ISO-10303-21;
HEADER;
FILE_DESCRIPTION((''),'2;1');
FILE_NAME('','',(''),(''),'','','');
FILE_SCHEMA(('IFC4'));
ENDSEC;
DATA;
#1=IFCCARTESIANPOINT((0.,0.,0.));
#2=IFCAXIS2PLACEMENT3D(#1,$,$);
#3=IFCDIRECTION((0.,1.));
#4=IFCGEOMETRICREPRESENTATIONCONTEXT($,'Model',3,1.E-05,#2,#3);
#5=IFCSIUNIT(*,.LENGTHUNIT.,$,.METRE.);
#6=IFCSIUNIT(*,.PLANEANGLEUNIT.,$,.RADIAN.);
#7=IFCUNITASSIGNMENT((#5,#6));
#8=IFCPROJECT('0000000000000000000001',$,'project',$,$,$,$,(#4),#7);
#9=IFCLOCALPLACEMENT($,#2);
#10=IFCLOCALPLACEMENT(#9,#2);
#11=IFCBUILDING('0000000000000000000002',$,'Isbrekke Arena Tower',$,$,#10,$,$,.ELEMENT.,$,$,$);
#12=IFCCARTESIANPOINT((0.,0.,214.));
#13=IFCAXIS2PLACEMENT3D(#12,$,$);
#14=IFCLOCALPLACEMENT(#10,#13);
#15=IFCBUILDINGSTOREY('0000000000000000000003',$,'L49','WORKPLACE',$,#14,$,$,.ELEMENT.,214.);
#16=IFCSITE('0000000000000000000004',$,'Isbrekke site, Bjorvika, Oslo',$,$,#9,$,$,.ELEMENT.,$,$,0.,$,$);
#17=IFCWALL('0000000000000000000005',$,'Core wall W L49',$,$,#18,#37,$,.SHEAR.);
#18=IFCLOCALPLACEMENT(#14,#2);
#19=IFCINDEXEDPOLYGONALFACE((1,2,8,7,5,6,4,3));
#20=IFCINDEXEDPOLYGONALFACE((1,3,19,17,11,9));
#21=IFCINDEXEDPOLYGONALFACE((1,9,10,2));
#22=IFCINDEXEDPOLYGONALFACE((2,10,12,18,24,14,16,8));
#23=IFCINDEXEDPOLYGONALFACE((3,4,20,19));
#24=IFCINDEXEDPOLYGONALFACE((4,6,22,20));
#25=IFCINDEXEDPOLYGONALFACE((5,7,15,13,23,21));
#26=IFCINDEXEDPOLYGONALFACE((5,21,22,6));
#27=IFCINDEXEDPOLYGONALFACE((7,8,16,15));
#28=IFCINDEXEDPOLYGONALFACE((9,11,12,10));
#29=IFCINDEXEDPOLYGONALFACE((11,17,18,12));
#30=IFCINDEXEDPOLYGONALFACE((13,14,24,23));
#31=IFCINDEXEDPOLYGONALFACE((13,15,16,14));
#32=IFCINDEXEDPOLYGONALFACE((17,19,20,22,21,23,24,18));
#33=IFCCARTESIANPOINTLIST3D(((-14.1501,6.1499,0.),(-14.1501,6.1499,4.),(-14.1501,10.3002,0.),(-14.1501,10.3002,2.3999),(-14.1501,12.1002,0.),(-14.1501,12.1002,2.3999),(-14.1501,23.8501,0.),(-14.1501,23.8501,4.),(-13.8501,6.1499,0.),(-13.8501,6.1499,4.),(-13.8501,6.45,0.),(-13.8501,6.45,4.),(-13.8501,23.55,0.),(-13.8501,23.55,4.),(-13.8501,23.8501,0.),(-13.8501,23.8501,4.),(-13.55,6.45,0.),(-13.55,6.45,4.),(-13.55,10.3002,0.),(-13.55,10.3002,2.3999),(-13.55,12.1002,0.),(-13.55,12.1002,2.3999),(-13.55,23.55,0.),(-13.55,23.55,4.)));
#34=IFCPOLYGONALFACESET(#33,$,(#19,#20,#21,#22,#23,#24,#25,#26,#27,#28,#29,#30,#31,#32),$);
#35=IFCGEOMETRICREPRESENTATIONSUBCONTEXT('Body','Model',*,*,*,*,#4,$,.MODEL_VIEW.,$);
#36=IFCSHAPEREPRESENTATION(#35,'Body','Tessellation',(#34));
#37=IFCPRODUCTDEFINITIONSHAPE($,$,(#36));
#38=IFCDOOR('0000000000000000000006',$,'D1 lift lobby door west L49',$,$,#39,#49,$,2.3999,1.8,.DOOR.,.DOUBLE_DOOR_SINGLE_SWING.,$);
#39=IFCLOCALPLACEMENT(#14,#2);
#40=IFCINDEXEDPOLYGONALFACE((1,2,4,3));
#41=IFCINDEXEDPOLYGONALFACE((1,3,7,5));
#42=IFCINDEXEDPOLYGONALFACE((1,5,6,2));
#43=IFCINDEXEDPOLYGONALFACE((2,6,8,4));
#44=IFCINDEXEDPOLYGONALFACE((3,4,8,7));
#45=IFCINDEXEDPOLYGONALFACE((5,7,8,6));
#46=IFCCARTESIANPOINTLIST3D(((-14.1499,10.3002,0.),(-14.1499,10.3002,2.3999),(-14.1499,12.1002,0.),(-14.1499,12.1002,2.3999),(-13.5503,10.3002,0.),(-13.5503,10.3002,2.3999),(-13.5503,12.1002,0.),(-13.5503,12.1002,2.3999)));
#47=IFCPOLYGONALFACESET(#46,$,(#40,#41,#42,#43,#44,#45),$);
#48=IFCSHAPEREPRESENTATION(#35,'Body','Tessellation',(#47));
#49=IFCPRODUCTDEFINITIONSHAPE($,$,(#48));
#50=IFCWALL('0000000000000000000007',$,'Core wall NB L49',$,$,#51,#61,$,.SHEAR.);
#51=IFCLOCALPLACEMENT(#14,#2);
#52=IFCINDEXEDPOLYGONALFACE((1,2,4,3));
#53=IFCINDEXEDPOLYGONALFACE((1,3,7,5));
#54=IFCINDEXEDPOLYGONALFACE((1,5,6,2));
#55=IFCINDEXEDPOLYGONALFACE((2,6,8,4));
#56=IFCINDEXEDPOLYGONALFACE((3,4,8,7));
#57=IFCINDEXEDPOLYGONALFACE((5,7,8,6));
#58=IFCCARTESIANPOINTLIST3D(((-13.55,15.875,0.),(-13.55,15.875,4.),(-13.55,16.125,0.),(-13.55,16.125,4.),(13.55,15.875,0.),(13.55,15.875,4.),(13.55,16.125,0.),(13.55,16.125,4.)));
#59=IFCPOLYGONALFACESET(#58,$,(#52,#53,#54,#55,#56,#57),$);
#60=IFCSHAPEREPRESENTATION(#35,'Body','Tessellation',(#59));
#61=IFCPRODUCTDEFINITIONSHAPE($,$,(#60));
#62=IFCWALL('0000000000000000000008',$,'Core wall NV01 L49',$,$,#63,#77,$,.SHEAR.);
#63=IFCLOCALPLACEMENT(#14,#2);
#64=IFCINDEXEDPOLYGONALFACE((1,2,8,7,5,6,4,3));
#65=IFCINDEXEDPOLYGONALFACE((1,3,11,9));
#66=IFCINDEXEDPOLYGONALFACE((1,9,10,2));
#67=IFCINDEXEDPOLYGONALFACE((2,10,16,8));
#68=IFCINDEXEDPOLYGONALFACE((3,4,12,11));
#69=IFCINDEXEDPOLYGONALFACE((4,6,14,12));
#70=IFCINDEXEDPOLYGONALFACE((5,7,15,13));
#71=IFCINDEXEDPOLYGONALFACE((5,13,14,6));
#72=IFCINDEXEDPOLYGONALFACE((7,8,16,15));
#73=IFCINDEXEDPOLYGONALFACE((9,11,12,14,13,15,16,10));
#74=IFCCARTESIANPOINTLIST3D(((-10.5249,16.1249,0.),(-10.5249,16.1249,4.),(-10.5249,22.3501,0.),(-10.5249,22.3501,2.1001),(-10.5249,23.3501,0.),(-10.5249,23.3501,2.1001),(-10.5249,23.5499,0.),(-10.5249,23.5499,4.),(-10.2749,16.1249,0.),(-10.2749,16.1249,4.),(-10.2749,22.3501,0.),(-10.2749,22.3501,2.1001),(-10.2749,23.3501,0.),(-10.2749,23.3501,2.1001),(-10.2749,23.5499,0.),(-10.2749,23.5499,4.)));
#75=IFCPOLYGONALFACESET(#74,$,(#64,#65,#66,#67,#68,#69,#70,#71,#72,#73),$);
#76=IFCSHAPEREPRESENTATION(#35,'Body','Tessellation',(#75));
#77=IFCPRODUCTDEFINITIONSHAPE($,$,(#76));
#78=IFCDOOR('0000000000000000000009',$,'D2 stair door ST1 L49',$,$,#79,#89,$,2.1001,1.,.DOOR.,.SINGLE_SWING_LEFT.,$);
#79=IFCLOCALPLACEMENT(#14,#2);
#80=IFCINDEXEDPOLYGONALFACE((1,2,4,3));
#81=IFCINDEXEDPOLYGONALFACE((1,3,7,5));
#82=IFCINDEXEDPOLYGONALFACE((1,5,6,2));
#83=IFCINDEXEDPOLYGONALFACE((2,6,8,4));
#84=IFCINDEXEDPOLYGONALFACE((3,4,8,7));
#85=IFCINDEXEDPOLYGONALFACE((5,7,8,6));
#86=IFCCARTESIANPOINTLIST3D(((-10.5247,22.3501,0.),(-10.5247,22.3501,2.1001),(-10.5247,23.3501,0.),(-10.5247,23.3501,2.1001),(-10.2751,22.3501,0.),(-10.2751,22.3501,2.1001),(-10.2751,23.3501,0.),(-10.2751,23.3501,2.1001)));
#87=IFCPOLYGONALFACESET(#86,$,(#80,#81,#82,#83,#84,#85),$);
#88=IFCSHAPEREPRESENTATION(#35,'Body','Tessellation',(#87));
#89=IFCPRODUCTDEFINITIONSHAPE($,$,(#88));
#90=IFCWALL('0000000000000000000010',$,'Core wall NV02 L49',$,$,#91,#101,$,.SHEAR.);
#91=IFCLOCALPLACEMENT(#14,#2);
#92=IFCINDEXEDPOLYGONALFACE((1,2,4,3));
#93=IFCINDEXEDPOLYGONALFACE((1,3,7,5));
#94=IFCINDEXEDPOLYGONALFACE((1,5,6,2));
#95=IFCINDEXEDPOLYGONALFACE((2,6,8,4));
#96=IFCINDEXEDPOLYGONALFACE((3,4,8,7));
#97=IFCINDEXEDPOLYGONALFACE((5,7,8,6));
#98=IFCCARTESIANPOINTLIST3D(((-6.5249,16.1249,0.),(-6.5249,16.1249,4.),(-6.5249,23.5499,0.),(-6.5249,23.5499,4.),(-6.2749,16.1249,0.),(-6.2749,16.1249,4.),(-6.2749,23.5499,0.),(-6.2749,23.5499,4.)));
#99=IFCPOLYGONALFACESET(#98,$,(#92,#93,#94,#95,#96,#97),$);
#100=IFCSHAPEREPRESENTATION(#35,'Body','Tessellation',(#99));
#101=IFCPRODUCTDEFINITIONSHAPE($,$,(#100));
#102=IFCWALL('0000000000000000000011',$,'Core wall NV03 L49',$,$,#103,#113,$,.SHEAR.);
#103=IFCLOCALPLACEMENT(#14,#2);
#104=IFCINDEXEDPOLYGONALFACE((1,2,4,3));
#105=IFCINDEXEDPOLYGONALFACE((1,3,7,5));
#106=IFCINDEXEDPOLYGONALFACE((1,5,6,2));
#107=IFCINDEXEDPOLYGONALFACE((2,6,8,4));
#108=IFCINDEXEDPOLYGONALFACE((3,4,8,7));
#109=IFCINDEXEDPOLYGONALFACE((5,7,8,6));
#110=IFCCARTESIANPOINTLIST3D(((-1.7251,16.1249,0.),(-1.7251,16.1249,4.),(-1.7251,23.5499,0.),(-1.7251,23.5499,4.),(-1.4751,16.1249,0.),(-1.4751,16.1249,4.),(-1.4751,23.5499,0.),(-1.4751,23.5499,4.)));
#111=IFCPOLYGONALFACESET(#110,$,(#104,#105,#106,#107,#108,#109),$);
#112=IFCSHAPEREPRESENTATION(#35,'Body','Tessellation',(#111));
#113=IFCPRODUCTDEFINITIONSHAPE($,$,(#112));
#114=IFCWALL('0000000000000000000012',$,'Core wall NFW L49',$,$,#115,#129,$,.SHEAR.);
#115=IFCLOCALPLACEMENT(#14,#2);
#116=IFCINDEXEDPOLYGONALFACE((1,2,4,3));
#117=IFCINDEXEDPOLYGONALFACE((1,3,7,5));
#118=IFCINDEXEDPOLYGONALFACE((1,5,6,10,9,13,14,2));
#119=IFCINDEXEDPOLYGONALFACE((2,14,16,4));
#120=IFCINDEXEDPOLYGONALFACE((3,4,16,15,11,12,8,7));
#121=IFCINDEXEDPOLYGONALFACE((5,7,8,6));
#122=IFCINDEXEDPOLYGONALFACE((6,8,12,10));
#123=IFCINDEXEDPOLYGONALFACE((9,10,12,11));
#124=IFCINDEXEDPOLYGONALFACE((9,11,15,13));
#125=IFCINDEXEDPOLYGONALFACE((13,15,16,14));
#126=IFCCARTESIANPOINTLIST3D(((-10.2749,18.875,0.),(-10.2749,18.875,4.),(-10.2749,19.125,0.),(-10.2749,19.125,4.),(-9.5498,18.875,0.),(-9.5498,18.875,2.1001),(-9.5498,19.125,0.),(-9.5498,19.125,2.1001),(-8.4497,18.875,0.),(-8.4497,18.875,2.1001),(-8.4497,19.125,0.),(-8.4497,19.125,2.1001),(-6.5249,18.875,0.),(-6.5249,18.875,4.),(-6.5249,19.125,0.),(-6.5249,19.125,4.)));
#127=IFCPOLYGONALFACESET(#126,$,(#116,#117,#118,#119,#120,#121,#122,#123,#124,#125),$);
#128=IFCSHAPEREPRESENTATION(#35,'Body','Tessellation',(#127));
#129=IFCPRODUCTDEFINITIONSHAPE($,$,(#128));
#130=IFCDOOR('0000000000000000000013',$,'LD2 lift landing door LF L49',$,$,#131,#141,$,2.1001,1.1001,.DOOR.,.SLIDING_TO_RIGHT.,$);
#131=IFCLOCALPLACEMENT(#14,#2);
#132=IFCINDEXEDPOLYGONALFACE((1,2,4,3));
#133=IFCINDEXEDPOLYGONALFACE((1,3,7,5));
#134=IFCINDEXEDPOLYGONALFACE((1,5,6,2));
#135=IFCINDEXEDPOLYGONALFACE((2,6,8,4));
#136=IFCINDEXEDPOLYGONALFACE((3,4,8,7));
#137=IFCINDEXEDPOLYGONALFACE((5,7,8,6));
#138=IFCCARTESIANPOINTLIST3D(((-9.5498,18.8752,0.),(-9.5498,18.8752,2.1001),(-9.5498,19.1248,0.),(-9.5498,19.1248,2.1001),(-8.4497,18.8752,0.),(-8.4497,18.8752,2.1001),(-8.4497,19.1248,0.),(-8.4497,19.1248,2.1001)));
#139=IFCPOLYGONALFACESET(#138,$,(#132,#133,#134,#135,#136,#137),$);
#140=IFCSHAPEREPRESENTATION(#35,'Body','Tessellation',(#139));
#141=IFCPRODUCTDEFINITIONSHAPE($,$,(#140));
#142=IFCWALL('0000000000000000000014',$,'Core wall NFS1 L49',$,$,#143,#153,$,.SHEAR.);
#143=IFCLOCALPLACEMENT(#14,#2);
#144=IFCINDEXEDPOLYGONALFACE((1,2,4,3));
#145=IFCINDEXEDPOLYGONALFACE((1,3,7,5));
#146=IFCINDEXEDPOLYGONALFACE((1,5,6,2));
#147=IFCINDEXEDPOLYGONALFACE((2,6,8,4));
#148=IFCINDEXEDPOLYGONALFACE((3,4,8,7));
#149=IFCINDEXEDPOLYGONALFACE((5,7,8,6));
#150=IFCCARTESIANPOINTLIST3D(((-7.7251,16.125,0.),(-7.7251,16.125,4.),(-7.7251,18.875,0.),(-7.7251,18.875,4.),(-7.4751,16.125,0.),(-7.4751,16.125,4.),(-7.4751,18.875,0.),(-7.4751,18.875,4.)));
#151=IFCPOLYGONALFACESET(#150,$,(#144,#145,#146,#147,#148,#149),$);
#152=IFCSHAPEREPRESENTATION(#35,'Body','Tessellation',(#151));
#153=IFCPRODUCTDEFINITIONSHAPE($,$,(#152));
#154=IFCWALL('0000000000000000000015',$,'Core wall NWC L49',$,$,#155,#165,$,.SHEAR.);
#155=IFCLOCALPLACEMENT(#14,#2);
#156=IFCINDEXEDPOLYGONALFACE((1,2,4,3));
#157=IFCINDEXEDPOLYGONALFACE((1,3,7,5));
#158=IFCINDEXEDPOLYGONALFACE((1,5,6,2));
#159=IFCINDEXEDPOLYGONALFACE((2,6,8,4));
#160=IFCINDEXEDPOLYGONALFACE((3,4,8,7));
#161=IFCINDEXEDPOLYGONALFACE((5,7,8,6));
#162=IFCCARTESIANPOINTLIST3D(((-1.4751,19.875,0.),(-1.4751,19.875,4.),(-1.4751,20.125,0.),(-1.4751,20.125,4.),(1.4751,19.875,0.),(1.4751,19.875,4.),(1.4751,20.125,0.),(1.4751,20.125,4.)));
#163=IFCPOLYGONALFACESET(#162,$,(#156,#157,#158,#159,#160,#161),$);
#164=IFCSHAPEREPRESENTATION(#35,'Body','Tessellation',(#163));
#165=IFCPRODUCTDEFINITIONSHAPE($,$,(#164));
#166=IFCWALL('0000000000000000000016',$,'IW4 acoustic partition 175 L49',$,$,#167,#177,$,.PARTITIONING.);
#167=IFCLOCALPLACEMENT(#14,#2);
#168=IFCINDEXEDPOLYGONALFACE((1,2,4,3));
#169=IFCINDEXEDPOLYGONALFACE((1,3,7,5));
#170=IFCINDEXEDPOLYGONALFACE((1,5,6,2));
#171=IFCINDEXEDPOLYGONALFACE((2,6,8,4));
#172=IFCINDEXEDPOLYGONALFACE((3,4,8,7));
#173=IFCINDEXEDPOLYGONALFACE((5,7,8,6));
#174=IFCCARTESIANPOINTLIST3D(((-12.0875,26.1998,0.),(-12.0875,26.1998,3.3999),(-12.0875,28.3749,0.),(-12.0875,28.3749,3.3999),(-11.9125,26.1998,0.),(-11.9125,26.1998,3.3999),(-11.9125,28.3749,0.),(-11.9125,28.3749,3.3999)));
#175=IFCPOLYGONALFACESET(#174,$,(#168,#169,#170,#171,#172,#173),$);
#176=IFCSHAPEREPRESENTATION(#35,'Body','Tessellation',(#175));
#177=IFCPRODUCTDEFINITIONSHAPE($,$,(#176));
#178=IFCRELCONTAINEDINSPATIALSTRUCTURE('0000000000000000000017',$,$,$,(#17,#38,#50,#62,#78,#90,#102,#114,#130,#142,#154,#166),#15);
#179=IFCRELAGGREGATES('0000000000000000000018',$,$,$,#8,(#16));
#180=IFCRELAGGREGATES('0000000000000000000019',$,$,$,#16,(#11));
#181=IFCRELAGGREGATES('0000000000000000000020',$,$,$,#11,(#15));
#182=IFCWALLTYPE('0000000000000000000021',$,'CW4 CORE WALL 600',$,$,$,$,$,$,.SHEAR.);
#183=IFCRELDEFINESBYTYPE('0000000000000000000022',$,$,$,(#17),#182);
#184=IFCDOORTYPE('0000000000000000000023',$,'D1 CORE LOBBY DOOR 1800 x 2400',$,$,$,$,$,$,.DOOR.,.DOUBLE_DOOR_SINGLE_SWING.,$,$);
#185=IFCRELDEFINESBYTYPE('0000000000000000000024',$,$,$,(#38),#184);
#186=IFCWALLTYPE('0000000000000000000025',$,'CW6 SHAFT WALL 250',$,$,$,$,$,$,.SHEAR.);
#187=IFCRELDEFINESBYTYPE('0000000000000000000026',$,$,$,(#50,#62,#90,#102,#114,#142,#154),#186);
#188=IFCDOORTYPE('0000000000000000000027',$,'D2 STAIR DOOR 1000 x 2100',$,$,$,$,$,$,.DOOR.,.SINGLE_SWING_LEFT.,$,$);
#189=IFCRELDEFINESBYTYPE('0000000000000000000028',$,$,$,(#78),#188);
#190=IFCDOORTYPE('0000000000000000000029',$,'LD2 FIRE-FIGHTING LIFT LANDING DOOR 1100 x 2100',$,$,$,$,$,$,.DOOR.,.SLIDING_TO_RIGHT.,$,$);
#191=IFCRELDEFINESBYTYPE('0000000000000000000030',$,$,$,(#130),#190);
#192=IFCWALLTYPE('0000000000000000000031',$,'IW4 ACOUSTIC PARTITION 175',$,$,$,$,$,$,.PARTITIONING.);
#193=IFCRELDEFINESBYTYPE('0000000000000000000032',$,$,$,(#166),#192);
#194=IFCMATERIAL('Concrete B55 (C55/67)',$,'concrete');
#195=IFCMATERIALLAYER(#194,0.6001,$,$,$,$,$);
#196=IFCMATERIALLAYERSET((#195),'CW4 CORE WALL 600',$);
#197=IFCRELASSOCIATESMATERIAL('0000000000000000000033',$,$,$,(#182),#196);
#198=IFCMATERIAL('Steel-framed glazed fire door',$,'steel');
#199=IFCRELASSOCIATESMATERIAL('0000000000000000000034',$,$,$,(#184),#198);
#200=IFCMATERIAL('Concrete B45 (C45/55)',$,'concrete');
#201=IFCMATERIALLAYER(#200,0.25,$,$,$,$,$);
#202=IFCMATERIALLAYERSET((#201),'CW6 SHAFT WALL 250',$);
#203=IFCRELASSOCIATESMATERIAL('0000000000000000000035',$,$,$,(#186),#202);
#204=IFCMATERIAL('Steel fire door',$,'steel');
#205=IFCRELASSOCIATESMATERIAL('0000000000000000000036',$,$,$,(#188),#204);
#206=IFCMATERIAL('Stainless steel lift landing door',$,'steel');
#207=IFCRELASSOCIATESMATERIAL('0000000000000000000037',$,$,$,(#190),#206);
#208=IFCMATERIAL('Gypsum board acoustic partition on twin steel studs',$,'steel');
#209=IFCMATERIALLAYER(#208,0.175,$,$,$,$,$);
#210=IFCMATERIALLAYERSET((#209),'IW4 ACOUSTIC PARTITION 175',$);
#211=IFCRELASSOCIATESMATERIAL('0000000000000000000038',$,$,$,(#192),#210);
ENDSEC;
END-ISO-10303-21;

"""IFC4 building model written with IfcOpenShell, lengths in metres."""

from ifc_helpers import new_model, si_unit, direction, frame, frame_2d, origin, place, context, subcontext, project, spatial, polyline, rectangle, outline, extrude, material, layer, layer_set, type_object, element, fill, save


model = new_model("IFC4")

# Units and contexts
model_context = context("Model", 3, precision=1e-05, world=origin(), true_north=direction((0.0, 1.0)))
body_context = subcontext(model_context, "Body", "Model", "MODEL_VIEW")
ifc_project = project(units=[si_unit("LENGTHUNIT", "METRE"), si_unit("PLANEANGLEUNIT", "RADIAN")], contexts=[model_context])

# Site, building, storey
site_placement = place(None, origin())
site = spatial("IfcSite", under=ifc_project, at=site_placement, Name="Isbrekke site, Bjorvika, Oslo", CompositionType="ELEMENT", RefElevation=0.0)
building_placement = place(site_placement, origin())
building = spatial("IfcBuilding", under=site, at=building_placement, Name="Isbrekke Arena Tower", CompositionType="ELEMENT")
storey_placement = place(building_placement, frame((0.0, 0.0, 214.0)))
storey = spatial("IfcBuildingStorey", under=building, at=storey_placement, Name="L49", Description="WORKPLACE", CompositionType="ELEMENT", Elevation=214.0)

# Wall, opening, door
ifc_material_1 = material(Name="Concrete B55 (C55/67)", Category="concrete")
ifc_layer_1 = layer(ifc_material_1, 0.6001)
ifc_layer_set_1 = layer_set([ifc_layer_1], Name="CW4 CORE WALL 600")
wall_type_1 = type_object("IfcWallType", Name="CW4 CORE WALL 600", PredefinedType="SHEAR", material=ifc_layer_set_1)
wall_1_placement = place(storey_placement, frame((-13.8501, 23.8501, 0.0), z_axis=(0.0, 0.0, 1.0), x_axis=(0.0, -1.0, 0.0)))
wall_1 = element("IfcWall", 1, at=wall_1_placement, inside=storey, type_object=wall_type_1, Name="Core wall W L49", PredefinedType="SHEAR", context=body_context, shape_type="SweptSolid", body=[
    extrude(outline(polyline([(0.0, -0.3), (17.7002, -0.3), (17.7002, 0.0), (17.4001, 0.0), (17.4001, 0.3), (0.3, 0.3), (0.3, 0.0), (0.0, 0.0), (0.0, -0.3)])), origin(), (0.0, 0.0, 1.0), 4.0),
])
opening_1_placement = place(wall_1_placement, frame((11.75, 0.0, 0.0)))
opening_1 = element("IfcOpeningElement", 2, at=opening_1_placement, cuts=wall_1, PredefinedType="OPENING", context=body_context, shape_type="SweptSolid", body=[
    extrude(rectangle(XDim=1.8, YDim=2.3999, at=frame_2d((0.8999, 1.2))), frame((0.0, 0.3149, 0.0), z_axis=(0.0, -1.0, 0.0), x_axis=(1.0, 0.0, 0.0)), (0.0, 0.0, 1.0), 0.6299),
])
ifc_material_2 = material(Name="Steel-framed glazed fire door", Category="steel")
door_type_1 = type_object("IfcDoorType", Name="D1 CORE LOBBY DOOR 1800 x 2400", OperationType="DOUBLE_DOOR_SINGLE_SWING", PredefinedType="DOOR", material=ifc_material_2)
door_1_placement = place(opening_1_placement, origin())
door_1 = element("IfcDoor", 3, at=door_1_placement, inside=storey, type_object=door_type_1, Name="D1 lift lobby door west L49", OperationType="DOUBLE_DOOR_SINGLE_SWING", OverallHeight=2.3999, OverallWidth=1.8, PredefinedType="DOOR", context=body_context, shape_type="SweptSolid", body=[
    extrude(rectangle(XDim=1.8, YDim=2.3999, at=frame_2d((0.8999, 1.2))), frame((0.0, 0.2998, 0.0), z_axis=(0.0, -1.0, 0.0), x_axis=(1.0, 0.0, 0.0)), (0.0, 0.0, 1.0), 0.5996),
])
fill(opening_1, door_1)

# Wall
ifc_material_3 = material(Name="Concrete B45 (C45/55)", Category="concrete")
ifc_layer_2 = layer(ifc_material_3, 0.25)
ifc_layer_set_2 = layer_set([ifc_layer_2], Name="CW6 SHAFT WALL 250")
wall_type_2 = type_object("IfcWallType", Name="CW6 SHAFT WALL 250", PredefinedType="SHEAR", material=ifc_layer_set_2)
wall_2_placement = place(storey_placement, frame((-13.55, 16.0, 0.0), z_axis=(0.0, 0.0, 1.0), x_axis=(1.0, 0.0, 0.0)))
element("IfcWall", 4, at=wall_2_placement, inside=storey, type_object=wall_type_2, Name="Core wall NB L49", PredefinedType="SHEAR", context=body_context, shape_type="SweptSolid", body=[
    extrude(rectangle(XDim=27.1001, YDim=0.25, at=frame_2d((13.55, 0.0))), origin(), (0.0, 0.0, 1.0), 4.0),
])

# Wall, opening, door
wall_3_placement = place(storey_placement, frame((-10.3999, 16.125, 0.0), z_axis=(0.0, 0.0, 1.0), x_axis=(0.0, 1.0, 0.0)))
wall_3 = element("IfcWall", 5, at=wall_3_placement, inside=storey, type_object=wall_type_2, Name="Core wall NV01 L49", PredefinedType="SHEAR", context=body_context, shape_type="SweptSolid", body=[
    extrude(rectangle(XDim=7.425, YDim=0.25, at=frame_2d((3.7124, 0.0))), origin(), (0.0, 0.0, 1.0), 4.0),
])
opening_2_placement = place(wall_3_placement, frame((6.2251, 0.0, 0.0)))
opening_2 = element("IfcOpeningElement", 6, at=opening_2_placement, cuts=wall_3, PredefinedType="OPENING", context=body_context, shape_type="SweptSolid", body=[
    extrude(rectangle(XDim=1.0, YDim=2.1001, at=frame_2d((0.5, 1.05))), frame((0.0, 0.1399, 0.0), z_axis=(0.0, -1.0, 0.0), x_axis=(1.0, 0.0, 0.0)), (0.0, 0.0, 1.0), 0.2798),
])
ifc_material_4 = material(Name="Steel fire door", Category="steel")
door_type_2 = type_object("IfcDoorType", Name="D2 STAIR DOOR 1000 x 2100", OperationType="SINGLE_SWING_LEFT", PredefinedType="DOOR", material=ifc_material_4)
door_2_placement = place(opening_2_placement, origin())
door_2 = element("IfcDoor", 7, at=door_2_placement, inside=storey, type_object=door_type_2, Name="D2 stair door ST1 L49", OperationType="SINGLE_SWING_LEFT", OverallHeight=2.1001, OverallWidth=1.0, PredefinedType="DOOR", context=body_context, shape_type="SweptSolid", body=[
    extrude(rectangle(XDim=1.0, YDim=2.1001, at=frame_2d((0.5, 1.05))), frame((0.0, 0.1248, 0.0), z_axis=(0.0, -1.0, 0.0), x_axis=(1.0, 0.0, 0.0)), (0.0, 0.0, 1.0), 0.2495),
])
fill(opening_2, door_2)

# Walls
for number, where, z_axis, x_axis, name in (
    (8, (-6.3999, 16.125, 0.0), (0.0, 0.0, 1.0), (0.0, 1.0, 0.0), "Core wall NV02 L49"),
    (9, (-1.6001, 16.125, 0.0), (0.0, 0.0, 1.0), (0.0, 1.0, 0.0), "Core wall NV03 L49"),
):
    element("IfcWall", number, at=place(storey_placement, frame(where, z_axis=z_axis, x_axis=x_axis)), inside=storey, type_object=wall_type_2, Name=name, PredefinedType="SHEAR", context=body_context, shape_type="SweptSolid", body=[
        extrude(rectangle(XDim=7.425, YDim=0.25, at=frame_2d((3.7124, 0.0))), origin(), (0.0, 0.0, 1.0), 4.0),
    ])

# Wall, opening, door
wall_4_placement = place(storey_placement, frame((-10.2749, 19.0, 0.0), z_axis=(0.0, 0.0, 1.0), x_axis=(1.0, 0.0, 0.0)))
wall_4 = element("IfcWall", 10, at=wall_4_placement, inside=storey, type_object=wall_type_2, Name="Core wall NFW L49", PredefinedType="SHEAR", context=body_context, shape_type="SweptSolid", body=[
    extrude(rectangle(XDim=3.75, YDim=0.25, at=frame_2d((1.875, 0.0))), origin(), (0.0, 0.0, 1.0), 4.0),
])
opening_3_placement = place(wall_4_placement, frame((0.7251, 0.0, 0.0)))
opening_3 = element("IfcOpeningElement", 11, at=opening_3_placement, cuts=wall_4, PredefinedType="OPENING", context=body_context, shape_type="SweptSolid", body=[
    extrude(rectangle(XDim=1.1001, YDim=2.1001, at=frame_2d((0.55, 1.05))), frame((0.0, 0.1399, 0.0), z_axis=(0.0, -1.0, 0.0), x_axis=(1.0, 0.0, 0.0)), (0.0, 0.0, 1.0), 0.2798),
])
ifc_material_5 = material(Name="Stainless steel lift landing door", Category="steel")
door_type_3 = type_object("IfcDoorType", Name="LD2 FIRE-FIGHTING LIFT LANDING DOOR 1100 x 2100", OperationType="SLIDING_TO_RIGHT", PredefinedType="DOOR", material=ifc_material_5)
door_3_placement = place(opening_3_placement, origin())
door_3 = element("IfcDoor", 12, at=door_3_placement, inside=storey, type_object=door_type_3, Name="LD2 lift landing door LF L49", OperationType="SLIDING_TO_RIGHT", OverallHeight=2.1001, OverallWidth=1.1001, PredefinedType="DOOR", context=body_context, shape_type="SweptSolid", body=[
    extrude(rectangle(XDim=1.1001, YDim=2.1001, at=frame_2d((0.55, 1.05))), frame((0.0, 0.1248, 0.0), z_axis=(0.0, -1.0, 0.0), x_axis=(1.0, 0.0, 0.0)), (0.0, 0.0, 1.0), 0.2495),
])
fill(opening_3, door_3)

# Walls
wall_5_placement = place(storey_placement, frame((-7.6001, 16.125, 0.0), z_axis=(0.0, 0.0, 1.0), x_axis=(0.0, 1.0, 0.0)))
element("IfcWall", 13, at=wall_5_placement, inside=storey, type_object=wall_type_2, Name="Core wall NFS1 L49", PredefinedType="SHEAR", context=body_context, shape_type="SweptSolid", body=[
    extrude(rectangle(XDim=2.75, YDim=0.25, at=frame_2d((1.375, 0.0))), origin(), (0.0, 0.0, 1.0), 4.0),
])
wall_6_placement = place(storey_placement, frame((-1.4751, 20.0, 0.0), z_axis=(0.0, 0.0, 1.0), x_axis=(1.0, 0.0, 0.0)))
element("IfcWall", 14, at=wall_6_placement, inside=storey, type_object=wall_type_2, Name="Core wall NWC L49", PredefinedType="SHEAR", context=body_context, shape_type="SweptSolid", body=[
    extrude(rectangle(XDim=2.9502, YDim=0.25, at=frame_2d((1.4751, 0.0))), origin(), (0.0, 0.0, 1.0), 4.0),
])

# Wall
ifc_material_6 = material(Name="Gypsum board acoustic partition on twin steel studs", Category="steel")
ifc_layer_3 = layer(ifc_material_6, 0.175)
ifc_layer_set_3 = layer_set([ifc_layer_3], Name="IW4 ACOUSTIC PARTITION 175")
wall_type_3 = type_object("IfcWallType", Name="IW4 ACOUSTIC PARTITION 175", PredefinedType="PARTITIONING", material=ifc_layer_set_3)
wall_7_placement = place(storey_placement, frame((-12.0, 26.2, 0.0), z_axis=(0.0, 0.0, 1.0), x_axis=(0.0, 1.0, 0.0)))
element("IfcWall", 15, at=wall_7_placement, inside=storey, type_object=wall_type_3, Name="IW4 acoustic partition 175 L49", PredefinedType="PARTITIONING", context=body_context, shape_type="SweptSolid", body=[
    extrude(rectangle(XDim=2.175, YDim=0.175, at=frame_2d((1.0874, 0.0))), origin(), (0.0, 0.0, 1.0), 3.3999),
])

save(model, "model.ifc")
